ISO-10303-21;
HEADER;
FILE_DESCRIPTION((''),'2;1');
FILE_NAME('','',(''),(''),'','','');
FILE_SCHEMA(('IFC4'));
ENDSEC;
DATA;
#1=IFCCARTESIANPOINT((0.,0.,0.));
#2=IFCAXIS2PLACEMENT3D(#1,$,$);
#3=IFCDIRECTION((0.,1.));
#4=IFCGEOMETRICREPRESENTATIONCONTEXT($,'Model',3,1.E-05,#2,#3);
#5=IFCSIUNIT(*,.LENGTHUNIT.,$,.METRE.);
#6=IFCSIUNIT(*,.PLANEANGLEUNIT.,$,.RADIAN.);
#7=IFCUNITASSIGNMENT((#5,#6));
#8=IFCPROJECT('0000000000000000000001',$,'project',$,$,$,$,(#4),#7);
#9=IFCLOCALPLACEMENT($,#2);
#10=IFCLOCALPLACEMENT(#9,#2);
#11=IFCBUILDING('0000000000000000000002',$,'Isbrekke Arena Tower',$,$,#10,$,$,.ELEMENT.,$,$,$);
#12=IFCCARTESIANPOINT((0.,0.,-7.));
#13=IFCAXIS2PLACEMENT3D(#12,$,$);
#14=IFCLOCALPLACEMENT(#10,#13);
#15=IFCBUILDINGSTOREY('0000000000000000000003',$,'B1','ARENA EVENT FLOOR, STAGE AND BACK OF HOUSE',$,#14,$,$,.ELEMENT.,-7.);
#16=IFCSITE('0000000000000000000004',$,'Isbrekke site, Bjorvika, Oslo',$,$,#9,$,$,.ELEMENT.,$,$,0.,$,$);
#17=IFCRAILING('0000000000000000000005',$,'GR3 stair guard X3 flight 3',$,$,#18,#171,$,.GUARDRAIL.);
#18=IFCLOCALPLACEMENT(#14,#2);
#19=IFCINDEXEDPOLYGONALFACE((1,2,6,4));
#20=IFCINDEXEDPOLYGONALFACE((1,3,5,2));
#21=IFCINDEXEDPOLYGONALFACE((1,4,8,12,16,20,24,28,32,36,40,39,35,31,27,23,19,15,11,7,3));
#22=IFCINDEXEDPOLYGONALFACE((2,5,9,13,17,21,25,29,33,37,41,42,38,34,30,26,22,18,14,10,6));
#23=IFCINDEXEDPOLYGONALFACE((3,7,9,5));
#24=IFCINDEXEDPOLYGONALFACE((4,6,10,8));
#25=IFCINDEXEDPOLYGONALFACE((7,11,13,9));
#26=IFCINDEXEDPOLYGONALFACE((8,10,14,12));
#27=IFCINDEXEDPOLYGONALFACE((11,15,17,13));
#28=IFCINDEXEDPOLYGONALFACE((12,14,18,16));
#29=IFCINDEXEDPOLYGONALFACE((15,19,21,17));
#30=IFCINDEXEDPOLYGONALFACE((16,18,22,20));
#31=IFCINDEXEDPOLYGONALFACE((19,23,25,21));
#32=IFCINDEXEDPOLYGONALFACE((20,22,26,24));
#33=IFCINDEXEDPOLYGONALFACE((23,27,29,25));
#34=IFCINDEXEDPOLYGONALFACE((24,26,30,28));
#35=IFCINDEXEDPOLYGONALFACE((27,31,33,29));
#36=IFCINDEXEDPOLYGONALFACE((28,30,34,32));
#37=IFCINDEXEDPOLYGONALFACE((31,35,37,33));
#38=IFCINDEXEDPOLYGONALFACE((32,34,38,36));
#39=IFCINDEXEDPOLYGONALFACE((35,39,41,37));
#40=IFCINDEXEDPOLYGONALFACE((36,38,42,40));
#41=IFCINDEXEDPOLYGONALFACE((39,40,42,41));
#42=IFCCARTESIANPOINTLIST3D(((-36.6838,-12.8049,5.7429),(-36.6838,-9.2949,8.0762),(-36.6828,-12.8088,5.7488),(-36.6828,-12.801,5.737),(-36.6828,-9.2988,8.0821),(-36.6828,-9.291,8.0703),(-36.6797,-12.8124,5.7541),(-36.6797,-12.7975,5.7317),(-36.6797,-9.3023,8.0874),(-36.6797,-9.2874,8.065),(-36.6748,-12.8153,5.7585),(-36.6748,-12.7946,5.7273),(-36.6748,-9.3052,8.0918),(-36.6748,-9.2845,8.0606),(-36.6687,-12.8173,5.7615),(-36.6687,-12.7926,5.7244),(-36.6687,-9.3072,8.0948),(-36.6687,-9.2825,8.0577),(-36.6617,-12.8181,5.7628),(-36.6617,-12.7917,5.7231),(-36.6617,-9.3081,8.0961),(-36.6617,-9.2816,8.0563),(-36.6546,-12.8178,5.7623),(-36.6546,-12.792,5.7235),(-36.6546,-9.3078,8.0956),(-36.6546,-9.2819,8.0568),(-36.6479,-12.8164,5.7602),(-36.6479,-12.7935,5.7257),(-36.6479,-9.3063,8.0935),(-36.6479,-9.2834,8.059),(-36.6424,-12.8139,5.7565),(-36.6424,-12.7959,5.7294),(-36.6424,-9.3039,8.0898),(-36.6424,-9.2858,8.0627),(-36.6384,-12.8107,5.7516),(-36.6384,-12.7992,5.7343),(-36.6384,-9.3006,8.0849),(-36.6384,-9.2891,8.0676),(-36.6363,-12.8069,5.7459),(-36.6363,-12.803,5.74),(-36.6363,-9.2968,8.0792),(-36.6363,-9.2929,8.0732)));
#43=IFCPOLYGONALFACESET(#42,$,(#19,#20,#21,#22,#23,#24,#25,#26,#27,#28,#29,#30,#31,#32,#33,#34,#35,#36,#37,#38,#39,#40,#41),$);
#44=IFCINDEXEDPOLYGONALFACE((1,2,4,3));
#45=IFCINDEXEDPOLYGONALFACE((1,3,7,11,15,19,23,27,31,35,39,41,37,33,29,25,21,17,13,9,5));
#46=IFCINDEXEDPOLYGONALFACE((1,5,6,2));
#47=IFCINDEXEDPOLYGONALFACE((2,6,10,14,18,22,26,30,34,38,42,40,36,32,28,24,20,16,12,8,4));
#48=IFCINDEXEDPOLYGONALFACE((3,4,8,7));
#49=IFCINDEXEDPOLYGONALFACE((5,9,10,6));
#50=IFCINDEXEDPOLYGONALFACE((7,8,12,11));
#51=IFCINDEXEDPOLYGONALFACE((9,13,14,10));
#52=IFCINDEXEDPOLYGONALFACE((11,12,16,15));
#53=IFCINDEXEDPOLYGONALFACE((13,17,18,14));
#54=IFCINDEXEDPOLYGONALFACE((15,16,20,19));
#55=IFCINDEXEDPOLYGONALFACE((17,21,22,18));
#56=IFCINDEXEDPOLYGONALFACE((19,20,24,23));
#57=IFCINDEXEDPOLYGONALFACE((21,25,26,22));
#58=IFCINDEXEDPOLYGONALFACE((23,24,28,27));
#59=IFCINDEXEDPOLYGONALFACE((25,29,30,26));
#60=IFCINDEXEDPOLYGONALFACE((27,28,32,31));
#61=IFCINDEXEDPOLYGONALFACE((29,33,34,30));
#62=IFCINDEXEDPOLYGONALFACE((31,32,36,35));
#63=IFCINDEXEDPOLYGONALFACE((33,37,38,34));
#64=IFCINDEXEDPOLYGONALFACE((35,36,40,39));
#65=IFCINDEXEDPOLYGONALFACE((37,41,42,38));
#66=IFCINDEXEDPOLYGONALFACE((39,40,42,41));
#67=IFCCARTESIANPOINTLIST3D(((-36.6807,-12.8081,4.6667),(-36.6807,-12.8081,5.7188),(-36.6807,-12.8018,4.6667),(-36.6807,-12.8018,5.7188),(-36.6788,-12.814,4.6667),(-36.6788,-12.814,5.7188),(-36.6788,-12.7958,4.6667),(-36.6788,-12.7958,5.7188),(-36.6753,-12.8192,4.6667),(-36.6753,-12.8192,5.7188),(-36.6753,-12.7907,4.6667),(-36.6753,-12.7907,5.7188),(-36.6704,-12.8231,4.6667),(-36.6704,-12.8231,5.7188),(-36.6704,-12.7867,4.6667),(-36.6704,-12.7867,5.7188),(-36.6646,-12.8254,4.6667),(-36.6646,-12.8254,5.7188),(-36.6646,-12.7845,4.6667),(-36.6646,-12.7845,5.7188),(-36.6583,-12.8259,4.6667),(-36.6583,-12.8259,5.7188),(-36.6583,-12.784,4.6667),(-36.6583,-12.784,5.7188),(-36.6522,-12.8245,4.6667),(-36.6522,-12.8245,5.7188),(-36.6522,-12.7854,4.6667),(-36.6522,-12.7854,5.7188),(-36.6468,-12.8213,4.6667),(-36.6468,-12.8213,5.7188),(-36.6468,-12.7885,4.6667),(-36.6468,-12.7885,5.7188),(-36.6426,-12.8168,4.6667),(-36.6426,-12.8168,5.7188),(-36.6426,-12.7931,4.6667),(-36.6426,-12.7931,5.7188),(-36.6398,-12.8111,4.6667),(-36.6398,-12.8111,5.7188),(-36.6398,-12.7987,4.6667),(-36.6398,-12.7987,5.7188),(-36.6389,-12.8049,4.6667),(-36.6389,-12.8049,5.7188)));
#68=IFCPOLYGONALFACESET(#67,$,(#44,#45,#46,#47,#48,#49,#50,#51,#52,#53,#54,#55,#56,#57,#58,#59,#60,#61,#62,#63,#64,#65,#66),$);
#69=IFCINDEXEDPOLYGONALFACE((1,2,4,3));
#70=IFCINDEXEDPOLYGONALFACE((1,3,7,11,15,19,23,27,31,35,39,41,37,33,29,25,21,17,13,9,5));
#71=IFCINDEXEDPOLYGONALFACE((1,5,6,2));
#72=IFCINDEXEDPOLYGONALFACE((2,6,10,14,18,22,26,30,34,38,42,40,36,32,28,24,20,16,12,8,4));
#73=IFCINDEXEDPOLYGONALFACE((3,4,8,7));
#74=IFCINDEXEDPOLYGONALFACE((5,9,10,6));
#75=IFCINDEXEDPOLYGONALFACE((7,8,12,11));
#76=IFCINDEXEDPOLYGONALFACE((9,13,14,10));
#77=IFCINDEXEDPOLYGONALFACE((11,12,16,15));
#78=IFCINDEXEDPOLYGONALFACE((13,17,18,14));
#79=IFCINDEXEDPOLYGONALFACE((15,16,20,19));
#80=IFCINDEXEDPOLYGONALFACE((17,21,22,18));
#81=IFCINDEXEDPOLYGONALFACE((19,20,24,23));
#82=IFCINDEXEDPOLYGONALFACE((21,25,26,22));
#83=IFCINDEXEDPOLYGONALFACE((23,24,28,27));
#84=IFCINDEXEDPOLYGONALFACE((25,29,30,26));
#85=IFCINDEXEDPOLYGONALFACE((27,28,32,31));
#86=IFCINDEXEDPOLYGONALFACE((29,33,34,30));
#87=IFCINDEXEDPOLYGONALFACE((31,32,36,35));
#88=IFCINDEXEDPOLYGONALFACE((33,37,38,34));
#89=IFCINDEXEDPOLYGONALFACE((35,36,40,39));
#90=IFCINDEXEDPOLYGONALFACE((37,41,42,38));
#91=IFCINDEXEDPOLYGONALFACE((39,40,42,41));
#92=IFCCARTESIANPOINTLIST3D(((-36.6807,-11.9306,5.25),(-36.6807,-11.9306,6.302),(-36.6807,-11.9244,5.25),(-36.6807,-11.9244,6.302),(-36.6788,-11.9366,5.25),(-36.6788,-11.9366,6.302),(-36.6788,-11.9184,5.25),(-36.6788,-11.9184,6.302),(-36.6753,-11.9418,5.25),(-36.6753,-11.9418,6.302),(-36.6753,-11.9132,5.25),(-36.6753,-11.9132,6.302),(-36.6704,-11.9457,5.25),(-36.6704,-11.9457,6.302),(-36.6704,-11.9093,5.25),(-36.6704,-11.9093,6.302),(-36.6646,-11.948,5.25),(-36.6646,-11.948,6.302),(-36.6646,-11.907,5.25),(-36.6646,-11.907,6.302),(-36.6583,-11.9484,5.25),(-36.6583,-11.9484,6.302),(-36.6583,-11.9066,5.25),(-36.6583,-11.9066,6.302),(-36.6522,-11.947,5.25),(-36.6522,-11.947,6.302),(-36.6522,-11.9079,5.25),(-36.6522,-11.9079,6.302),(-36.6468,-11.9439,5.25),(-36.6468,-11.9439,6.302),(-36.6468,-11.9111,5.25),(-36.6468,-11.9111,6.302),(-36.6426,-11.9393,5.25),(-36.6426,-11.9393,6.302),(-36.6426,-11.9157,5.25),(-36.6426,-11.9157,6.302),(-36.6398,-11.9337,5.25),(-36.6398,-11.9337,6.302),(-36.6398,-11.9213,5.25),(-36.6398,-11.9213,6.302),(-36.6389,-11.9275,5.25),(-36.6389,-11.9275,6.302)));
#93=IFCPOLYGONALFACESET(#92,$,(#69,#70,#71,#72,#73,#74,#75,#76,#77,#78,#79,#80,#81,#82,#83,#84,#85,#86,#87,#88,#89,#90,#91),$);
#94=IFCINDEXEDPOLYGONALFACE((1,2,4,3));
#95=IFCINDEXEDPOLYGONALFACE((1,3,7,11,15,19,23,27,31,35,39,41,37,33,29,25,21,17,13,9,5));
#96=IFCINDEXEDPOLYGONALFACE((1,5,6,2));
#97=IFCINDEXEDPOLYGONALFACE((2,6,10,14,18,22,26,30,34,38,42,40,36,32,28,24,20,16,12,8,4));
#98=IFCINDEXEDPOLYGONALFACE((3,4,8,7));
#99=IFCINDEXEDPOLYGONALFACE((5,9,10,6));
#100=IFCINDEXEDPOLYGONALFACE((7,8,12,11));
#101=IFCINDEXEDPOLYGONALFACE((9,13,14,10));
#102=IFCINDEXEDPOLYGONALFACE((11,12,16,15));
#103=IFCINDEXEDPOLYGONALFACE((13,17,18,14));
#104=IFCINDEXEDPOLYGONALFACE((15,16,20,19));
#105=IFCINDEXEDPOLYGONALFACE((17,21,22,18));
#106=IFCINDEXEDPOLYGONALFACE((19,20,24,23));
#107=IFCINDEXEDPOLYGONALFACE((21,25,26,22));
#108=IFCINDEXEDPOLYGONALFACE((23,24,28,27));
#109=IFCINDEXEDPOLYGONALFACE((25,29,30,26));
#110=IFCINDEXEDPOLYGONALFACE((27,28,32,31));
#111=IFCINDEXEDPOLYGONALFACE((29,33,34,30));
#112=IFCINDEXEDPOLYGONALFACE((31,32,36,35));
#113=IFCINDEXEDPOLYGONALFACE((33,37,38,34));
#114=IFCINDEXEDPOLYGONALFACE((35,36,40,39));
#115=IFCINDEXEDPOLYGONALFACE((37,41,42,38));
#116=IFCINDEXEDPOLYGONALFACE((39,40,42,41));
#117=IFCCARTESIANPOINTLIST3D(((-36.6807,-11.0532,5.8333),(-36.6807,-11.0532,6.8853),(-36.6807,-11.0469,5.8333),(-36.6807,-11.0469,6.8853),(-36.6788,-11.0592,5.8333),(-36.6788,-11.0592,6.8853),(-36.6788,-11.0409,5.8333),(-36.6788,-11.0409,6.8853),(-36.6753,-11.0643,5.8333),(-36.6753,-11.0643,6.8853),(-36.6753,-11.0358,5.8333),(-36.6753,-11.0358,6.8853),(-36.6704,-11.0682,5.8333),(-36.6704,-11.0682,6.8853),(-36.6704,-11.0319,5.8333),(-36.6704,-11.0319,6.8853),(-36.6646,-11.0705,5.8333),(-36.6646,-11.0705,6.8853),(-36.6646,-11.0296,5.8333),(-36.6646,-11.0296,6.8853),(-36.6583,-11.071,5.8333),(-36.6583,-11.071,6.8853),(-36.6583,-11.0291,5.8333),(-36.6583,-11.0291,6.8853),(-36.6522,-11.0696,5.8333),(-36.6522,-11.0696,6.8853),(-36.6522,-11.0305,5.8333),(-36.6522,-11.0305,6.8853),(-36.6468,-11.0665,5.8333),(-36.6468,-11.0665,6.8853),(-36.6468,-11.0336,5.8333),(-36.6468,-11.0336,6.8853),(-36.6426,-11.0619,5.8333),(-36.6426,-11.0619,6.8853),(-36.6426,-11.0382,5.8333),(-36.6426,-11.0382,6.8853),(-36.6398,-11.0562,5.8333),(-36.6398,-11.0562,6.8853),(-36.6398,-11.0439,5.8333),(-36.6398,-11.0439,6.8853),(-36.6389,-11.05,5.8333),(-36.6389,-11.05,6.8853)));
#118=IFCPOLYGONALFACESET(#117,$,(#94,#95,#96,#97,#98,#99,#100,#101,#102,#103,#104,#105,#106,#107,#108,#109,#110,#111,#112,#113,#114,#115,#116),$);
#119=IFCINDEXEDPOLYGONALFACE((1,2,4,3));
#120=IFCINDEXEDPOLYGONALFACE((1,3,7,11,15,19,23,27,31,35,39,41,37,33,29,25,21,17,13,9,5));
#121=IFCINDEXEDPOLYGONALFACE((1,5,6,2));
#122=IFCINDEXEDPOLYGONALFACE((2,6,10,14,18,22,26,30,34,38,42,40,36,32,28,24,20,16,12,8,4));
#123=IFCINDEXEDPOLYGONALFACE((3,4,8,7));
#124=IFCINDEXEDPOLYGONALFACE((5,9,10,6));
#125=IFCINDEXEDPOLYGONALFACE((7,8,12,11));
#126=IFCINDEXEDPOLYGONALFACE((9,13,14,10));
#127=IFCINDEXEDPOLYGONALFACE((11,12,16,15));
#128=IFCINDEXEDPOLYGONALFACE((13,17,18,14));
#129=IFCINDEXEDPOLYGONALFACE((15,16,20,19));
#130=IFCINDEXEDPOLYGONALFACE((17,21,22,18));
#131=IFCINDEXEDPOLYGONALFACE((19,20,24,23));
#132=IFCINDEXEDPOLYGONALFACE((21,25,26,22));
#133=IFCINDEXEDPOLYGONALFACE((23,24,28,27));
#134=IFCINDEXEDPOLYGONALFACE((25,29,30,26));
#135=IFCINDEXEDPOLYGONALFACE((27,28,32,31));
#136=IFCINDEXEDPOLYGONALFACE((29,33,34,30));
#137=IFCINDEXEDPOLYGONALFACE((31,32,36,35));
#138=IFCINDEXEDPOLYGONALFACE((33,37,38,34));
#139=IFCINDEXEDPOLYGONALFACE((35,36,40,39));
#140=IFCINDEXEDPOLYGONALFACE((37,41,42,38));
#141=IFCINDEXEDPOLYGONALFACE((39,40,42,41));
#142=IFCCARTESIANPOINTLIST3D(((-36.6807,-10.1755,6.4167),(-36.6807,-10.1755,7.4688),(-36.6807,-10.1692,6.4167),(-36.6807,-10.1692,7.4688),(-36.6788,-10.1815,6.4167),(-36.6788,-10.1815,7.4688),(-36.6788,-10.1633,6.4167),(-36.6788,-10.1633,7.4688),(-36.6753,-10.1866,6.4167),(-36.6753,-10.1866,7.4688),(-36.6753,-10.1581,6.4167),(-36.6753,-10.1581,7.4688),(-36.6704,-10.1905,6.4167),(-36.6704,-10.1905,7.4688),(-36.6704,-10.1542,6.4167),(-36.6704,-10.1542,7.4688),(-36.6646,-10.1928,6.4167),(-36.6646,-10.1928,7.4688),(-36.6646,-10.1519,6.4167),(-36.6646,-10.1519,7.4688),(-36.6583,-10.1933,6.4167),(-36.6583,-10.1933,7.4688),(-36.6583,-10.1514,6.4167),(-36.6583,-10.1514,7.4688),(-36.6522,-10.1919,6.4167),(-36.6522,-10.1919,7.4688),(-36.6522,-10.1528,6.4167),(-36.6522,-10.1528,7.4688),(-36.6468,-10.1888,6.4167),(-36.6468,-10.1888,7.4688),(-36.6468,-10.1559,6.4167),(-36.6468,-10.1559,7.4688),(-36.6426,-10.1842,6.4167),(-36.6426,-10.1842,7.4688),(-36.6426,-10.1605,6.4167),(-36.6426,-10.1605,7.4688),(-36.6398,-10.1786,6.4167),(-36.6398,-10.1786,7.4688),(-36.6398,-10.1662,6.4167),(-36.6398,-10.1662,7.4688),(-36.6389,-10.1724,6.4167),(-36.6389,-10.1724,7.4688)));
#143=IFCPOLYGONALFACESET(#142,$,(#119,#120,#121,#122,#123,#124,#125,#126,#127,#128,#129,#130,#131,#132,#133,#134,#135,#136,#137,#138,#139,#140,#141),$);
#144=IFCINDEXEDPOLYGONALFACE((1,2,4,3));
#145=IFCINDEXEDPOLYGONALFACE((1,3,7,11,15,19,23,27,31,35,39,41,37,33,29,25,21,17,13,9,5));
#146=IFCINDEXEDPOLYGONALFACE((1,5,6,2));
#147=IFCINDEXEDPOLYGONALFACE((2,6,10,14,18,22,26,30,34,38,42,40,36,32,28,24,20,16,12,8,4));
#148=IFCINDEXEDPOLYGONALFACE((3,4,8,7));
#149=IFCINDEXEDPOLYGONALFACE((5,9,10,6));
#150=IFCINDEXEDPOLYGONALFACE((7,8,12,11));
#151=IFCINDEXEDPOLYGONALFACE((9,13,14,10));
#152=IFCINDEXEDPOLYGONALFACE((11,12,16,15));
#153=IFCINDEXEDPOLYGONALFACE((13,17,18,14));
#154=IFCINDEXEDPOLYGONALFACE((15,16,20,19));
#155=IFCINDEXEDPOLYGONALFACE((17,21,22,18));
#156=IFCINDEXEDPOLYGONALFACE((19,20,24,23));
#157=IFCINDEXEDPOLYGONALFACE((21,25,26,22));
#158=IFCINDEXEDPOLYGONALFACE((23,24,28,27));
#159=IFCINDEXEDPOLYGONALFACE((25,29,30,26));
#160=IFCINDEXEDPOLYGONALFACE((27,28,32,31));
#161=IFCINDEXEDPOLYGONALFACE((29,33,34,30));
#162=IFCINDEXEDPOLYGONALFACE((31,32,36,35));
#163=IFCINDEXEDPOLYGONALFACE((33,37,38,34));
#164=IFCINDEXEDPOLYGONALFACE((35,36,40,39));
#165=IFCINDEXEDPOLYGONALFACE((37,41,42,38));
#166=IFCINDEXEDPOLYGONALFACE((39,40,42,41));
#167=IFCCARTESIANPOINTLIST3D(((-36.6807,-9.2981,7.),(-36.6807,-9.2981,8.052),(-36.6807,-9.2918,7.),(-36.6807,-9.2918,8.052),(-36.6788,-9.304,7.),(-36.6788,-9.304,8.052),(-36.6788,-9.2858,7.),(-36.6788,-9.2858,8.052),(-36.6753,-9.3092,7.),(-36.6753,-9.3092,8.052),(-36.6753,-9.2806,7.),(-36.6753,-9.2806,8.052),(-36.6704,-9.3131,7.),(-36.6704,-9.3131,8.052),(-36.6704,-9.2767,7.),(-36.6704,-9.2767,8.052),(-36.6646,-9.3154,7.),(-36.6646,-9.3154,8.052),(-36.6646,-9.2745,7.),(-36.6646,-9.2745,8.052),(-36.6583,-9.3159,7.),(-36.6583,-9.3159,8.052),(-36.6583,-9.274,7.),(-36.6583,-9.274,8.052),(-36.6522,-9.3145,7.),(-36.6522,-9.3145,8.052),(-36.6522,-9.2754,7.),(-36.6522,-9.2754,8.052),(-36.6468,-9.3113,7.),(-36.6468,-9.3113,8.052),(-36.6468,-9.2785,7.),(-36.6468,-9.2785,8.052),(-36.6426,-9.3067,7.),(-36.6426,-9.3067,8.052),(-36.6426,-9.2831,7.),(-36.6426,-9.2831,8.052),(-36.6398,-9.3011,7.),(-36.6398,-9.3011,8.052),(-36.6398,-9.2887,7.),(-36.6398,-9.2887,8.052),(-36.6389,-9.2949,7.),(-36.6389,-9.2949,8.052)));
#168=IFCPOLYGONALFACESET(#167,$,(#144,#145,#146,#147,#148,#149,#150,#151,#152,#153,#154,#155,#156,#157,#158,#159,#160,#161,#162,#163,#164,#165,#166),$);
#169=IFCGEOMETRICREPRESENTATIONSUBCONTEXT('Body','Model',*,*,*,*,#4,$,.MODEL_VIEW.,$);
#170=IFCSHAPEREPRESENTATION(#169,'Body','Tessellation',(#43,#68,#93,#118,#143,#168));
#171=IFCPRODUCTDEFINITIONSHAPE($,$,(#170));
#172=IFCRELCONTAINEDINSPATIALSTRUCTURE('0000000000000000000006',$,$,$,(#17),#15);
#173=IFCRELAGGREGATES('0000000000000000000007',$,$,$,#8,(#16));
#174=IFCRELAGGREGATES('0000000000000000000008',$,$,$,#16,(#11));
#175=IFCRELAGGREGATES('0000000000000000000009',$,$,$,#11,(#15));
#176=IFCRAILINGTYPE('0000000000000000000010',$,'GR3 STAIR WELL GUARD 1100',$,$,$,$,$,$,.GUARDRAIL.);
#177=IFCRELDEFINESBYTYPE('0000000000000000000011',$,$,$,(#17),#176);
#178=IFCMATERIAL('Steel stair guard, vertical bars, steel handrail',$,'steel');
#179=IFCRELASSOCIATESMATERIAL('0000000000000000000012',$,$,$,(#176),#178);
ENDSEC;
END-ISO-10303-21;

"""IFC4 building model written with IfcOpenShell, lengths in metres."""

from ifc_helpers import new_model, si_unit, direction, frame, origin, origin_2d, place, context, subcontext, project, spatial, circle, extrude, material, type_object, element, save


model = new_model("IFC4")

# Units and contexts
model_context = context("Model", 3, precision=1e-05, world=origin(), true_north=direction((0.0, 1.0)))
body_context = subcontext(model_context, "Body", "Model", "MODEL_VIEW")
ifc_project = project(units=[si_unit("LENGTHUNIT", "METRE"), si_unit("PLANEANGLEUNIT", "RADIAN")], contexts=[model_context])

# Site, building, storey
site_placement = place(None, origin())
site = spatial("IfcSite", under=ifc_project, at=site_placement, Name="Isbrekke site, Bjorvika, Oslo", CompositionType="ELEMENT", RefElevation=0.0)
building_placement = place(site_placement, origin())
building = spatial("IfcBuilding", under=site, at=building_placement, Name="Isbrekke Arena Tower", CompositionType="ELEMENT")
storey_placement = place(building_placement, frame((0.0, 0.0, -7.0)))
storey = spatial("IfcBuildingStorey", under=building, at=storey_placement, Name="B1", Description="ARENA EVENT FLOOR, STAGE AND BACK OF HOUSE", CompositionType="ELEMENT", Elevation=-7.0)

# Railing
ifc_material_1 = material(Name="Steel stair guard, vertical bars, steel handrail", Category="steel")
railing_type = type_object("IfcRailingType", Name="GR3 STAIR WELL GUARD 1100", PredefinedType="GUARDRAIL", material=ifc_material_1)
railing_1_placement = place(storey_placement, frame((-36.6599, -12.8049, 4.6667)))
element("IfcRailing", 1, at=railing_1_placement, inside=storey, type_object=railing_type, Name="GR3 stair guard X3 flight 3", PredefinedType="GUARDRAIL", context=body_context, shape_type="SweptSolid", body=[
    extrude(circle(Radius=0.0239, at=origin_2d()), frame((0.0, 0.0, 1.0762), z_axis=(0.0, 0.832789, 0.55359), x_axis=(-1.0, 0.0, 0.0)), (0.0, 0.0, 1.0), 4.2148),
    extrude(circle(Radius=0.021, at=origin_2d()), origin(), (0.0, 0.0, 1.0), 1.052),
    extrude(circle(Radius=0.021, at=origin_2d()), frame((0.0, 0.8774, 0.5833)), (0.0, 0.0, 1.0), 1.052),
    extrude(circle(Radius=0.021, at=origin_2d()), frame((0.0, 1.7549, 1.1665)), (0.0, 0.0, 1.0), 1.052),
    extrude(circle(Radius=0.021, at=origin_2d()), frame((0.0, 2.6326, 1.75)), (0.0, 0.0, 1.0), 1.052),
    extrude(circle(Radius=0.021, at=origin_2d()), frame((0.0, 3.51, 2.3333)), (0.0, 0.0, 1.0), 1.052),
])

save(model, "model.ifc")
